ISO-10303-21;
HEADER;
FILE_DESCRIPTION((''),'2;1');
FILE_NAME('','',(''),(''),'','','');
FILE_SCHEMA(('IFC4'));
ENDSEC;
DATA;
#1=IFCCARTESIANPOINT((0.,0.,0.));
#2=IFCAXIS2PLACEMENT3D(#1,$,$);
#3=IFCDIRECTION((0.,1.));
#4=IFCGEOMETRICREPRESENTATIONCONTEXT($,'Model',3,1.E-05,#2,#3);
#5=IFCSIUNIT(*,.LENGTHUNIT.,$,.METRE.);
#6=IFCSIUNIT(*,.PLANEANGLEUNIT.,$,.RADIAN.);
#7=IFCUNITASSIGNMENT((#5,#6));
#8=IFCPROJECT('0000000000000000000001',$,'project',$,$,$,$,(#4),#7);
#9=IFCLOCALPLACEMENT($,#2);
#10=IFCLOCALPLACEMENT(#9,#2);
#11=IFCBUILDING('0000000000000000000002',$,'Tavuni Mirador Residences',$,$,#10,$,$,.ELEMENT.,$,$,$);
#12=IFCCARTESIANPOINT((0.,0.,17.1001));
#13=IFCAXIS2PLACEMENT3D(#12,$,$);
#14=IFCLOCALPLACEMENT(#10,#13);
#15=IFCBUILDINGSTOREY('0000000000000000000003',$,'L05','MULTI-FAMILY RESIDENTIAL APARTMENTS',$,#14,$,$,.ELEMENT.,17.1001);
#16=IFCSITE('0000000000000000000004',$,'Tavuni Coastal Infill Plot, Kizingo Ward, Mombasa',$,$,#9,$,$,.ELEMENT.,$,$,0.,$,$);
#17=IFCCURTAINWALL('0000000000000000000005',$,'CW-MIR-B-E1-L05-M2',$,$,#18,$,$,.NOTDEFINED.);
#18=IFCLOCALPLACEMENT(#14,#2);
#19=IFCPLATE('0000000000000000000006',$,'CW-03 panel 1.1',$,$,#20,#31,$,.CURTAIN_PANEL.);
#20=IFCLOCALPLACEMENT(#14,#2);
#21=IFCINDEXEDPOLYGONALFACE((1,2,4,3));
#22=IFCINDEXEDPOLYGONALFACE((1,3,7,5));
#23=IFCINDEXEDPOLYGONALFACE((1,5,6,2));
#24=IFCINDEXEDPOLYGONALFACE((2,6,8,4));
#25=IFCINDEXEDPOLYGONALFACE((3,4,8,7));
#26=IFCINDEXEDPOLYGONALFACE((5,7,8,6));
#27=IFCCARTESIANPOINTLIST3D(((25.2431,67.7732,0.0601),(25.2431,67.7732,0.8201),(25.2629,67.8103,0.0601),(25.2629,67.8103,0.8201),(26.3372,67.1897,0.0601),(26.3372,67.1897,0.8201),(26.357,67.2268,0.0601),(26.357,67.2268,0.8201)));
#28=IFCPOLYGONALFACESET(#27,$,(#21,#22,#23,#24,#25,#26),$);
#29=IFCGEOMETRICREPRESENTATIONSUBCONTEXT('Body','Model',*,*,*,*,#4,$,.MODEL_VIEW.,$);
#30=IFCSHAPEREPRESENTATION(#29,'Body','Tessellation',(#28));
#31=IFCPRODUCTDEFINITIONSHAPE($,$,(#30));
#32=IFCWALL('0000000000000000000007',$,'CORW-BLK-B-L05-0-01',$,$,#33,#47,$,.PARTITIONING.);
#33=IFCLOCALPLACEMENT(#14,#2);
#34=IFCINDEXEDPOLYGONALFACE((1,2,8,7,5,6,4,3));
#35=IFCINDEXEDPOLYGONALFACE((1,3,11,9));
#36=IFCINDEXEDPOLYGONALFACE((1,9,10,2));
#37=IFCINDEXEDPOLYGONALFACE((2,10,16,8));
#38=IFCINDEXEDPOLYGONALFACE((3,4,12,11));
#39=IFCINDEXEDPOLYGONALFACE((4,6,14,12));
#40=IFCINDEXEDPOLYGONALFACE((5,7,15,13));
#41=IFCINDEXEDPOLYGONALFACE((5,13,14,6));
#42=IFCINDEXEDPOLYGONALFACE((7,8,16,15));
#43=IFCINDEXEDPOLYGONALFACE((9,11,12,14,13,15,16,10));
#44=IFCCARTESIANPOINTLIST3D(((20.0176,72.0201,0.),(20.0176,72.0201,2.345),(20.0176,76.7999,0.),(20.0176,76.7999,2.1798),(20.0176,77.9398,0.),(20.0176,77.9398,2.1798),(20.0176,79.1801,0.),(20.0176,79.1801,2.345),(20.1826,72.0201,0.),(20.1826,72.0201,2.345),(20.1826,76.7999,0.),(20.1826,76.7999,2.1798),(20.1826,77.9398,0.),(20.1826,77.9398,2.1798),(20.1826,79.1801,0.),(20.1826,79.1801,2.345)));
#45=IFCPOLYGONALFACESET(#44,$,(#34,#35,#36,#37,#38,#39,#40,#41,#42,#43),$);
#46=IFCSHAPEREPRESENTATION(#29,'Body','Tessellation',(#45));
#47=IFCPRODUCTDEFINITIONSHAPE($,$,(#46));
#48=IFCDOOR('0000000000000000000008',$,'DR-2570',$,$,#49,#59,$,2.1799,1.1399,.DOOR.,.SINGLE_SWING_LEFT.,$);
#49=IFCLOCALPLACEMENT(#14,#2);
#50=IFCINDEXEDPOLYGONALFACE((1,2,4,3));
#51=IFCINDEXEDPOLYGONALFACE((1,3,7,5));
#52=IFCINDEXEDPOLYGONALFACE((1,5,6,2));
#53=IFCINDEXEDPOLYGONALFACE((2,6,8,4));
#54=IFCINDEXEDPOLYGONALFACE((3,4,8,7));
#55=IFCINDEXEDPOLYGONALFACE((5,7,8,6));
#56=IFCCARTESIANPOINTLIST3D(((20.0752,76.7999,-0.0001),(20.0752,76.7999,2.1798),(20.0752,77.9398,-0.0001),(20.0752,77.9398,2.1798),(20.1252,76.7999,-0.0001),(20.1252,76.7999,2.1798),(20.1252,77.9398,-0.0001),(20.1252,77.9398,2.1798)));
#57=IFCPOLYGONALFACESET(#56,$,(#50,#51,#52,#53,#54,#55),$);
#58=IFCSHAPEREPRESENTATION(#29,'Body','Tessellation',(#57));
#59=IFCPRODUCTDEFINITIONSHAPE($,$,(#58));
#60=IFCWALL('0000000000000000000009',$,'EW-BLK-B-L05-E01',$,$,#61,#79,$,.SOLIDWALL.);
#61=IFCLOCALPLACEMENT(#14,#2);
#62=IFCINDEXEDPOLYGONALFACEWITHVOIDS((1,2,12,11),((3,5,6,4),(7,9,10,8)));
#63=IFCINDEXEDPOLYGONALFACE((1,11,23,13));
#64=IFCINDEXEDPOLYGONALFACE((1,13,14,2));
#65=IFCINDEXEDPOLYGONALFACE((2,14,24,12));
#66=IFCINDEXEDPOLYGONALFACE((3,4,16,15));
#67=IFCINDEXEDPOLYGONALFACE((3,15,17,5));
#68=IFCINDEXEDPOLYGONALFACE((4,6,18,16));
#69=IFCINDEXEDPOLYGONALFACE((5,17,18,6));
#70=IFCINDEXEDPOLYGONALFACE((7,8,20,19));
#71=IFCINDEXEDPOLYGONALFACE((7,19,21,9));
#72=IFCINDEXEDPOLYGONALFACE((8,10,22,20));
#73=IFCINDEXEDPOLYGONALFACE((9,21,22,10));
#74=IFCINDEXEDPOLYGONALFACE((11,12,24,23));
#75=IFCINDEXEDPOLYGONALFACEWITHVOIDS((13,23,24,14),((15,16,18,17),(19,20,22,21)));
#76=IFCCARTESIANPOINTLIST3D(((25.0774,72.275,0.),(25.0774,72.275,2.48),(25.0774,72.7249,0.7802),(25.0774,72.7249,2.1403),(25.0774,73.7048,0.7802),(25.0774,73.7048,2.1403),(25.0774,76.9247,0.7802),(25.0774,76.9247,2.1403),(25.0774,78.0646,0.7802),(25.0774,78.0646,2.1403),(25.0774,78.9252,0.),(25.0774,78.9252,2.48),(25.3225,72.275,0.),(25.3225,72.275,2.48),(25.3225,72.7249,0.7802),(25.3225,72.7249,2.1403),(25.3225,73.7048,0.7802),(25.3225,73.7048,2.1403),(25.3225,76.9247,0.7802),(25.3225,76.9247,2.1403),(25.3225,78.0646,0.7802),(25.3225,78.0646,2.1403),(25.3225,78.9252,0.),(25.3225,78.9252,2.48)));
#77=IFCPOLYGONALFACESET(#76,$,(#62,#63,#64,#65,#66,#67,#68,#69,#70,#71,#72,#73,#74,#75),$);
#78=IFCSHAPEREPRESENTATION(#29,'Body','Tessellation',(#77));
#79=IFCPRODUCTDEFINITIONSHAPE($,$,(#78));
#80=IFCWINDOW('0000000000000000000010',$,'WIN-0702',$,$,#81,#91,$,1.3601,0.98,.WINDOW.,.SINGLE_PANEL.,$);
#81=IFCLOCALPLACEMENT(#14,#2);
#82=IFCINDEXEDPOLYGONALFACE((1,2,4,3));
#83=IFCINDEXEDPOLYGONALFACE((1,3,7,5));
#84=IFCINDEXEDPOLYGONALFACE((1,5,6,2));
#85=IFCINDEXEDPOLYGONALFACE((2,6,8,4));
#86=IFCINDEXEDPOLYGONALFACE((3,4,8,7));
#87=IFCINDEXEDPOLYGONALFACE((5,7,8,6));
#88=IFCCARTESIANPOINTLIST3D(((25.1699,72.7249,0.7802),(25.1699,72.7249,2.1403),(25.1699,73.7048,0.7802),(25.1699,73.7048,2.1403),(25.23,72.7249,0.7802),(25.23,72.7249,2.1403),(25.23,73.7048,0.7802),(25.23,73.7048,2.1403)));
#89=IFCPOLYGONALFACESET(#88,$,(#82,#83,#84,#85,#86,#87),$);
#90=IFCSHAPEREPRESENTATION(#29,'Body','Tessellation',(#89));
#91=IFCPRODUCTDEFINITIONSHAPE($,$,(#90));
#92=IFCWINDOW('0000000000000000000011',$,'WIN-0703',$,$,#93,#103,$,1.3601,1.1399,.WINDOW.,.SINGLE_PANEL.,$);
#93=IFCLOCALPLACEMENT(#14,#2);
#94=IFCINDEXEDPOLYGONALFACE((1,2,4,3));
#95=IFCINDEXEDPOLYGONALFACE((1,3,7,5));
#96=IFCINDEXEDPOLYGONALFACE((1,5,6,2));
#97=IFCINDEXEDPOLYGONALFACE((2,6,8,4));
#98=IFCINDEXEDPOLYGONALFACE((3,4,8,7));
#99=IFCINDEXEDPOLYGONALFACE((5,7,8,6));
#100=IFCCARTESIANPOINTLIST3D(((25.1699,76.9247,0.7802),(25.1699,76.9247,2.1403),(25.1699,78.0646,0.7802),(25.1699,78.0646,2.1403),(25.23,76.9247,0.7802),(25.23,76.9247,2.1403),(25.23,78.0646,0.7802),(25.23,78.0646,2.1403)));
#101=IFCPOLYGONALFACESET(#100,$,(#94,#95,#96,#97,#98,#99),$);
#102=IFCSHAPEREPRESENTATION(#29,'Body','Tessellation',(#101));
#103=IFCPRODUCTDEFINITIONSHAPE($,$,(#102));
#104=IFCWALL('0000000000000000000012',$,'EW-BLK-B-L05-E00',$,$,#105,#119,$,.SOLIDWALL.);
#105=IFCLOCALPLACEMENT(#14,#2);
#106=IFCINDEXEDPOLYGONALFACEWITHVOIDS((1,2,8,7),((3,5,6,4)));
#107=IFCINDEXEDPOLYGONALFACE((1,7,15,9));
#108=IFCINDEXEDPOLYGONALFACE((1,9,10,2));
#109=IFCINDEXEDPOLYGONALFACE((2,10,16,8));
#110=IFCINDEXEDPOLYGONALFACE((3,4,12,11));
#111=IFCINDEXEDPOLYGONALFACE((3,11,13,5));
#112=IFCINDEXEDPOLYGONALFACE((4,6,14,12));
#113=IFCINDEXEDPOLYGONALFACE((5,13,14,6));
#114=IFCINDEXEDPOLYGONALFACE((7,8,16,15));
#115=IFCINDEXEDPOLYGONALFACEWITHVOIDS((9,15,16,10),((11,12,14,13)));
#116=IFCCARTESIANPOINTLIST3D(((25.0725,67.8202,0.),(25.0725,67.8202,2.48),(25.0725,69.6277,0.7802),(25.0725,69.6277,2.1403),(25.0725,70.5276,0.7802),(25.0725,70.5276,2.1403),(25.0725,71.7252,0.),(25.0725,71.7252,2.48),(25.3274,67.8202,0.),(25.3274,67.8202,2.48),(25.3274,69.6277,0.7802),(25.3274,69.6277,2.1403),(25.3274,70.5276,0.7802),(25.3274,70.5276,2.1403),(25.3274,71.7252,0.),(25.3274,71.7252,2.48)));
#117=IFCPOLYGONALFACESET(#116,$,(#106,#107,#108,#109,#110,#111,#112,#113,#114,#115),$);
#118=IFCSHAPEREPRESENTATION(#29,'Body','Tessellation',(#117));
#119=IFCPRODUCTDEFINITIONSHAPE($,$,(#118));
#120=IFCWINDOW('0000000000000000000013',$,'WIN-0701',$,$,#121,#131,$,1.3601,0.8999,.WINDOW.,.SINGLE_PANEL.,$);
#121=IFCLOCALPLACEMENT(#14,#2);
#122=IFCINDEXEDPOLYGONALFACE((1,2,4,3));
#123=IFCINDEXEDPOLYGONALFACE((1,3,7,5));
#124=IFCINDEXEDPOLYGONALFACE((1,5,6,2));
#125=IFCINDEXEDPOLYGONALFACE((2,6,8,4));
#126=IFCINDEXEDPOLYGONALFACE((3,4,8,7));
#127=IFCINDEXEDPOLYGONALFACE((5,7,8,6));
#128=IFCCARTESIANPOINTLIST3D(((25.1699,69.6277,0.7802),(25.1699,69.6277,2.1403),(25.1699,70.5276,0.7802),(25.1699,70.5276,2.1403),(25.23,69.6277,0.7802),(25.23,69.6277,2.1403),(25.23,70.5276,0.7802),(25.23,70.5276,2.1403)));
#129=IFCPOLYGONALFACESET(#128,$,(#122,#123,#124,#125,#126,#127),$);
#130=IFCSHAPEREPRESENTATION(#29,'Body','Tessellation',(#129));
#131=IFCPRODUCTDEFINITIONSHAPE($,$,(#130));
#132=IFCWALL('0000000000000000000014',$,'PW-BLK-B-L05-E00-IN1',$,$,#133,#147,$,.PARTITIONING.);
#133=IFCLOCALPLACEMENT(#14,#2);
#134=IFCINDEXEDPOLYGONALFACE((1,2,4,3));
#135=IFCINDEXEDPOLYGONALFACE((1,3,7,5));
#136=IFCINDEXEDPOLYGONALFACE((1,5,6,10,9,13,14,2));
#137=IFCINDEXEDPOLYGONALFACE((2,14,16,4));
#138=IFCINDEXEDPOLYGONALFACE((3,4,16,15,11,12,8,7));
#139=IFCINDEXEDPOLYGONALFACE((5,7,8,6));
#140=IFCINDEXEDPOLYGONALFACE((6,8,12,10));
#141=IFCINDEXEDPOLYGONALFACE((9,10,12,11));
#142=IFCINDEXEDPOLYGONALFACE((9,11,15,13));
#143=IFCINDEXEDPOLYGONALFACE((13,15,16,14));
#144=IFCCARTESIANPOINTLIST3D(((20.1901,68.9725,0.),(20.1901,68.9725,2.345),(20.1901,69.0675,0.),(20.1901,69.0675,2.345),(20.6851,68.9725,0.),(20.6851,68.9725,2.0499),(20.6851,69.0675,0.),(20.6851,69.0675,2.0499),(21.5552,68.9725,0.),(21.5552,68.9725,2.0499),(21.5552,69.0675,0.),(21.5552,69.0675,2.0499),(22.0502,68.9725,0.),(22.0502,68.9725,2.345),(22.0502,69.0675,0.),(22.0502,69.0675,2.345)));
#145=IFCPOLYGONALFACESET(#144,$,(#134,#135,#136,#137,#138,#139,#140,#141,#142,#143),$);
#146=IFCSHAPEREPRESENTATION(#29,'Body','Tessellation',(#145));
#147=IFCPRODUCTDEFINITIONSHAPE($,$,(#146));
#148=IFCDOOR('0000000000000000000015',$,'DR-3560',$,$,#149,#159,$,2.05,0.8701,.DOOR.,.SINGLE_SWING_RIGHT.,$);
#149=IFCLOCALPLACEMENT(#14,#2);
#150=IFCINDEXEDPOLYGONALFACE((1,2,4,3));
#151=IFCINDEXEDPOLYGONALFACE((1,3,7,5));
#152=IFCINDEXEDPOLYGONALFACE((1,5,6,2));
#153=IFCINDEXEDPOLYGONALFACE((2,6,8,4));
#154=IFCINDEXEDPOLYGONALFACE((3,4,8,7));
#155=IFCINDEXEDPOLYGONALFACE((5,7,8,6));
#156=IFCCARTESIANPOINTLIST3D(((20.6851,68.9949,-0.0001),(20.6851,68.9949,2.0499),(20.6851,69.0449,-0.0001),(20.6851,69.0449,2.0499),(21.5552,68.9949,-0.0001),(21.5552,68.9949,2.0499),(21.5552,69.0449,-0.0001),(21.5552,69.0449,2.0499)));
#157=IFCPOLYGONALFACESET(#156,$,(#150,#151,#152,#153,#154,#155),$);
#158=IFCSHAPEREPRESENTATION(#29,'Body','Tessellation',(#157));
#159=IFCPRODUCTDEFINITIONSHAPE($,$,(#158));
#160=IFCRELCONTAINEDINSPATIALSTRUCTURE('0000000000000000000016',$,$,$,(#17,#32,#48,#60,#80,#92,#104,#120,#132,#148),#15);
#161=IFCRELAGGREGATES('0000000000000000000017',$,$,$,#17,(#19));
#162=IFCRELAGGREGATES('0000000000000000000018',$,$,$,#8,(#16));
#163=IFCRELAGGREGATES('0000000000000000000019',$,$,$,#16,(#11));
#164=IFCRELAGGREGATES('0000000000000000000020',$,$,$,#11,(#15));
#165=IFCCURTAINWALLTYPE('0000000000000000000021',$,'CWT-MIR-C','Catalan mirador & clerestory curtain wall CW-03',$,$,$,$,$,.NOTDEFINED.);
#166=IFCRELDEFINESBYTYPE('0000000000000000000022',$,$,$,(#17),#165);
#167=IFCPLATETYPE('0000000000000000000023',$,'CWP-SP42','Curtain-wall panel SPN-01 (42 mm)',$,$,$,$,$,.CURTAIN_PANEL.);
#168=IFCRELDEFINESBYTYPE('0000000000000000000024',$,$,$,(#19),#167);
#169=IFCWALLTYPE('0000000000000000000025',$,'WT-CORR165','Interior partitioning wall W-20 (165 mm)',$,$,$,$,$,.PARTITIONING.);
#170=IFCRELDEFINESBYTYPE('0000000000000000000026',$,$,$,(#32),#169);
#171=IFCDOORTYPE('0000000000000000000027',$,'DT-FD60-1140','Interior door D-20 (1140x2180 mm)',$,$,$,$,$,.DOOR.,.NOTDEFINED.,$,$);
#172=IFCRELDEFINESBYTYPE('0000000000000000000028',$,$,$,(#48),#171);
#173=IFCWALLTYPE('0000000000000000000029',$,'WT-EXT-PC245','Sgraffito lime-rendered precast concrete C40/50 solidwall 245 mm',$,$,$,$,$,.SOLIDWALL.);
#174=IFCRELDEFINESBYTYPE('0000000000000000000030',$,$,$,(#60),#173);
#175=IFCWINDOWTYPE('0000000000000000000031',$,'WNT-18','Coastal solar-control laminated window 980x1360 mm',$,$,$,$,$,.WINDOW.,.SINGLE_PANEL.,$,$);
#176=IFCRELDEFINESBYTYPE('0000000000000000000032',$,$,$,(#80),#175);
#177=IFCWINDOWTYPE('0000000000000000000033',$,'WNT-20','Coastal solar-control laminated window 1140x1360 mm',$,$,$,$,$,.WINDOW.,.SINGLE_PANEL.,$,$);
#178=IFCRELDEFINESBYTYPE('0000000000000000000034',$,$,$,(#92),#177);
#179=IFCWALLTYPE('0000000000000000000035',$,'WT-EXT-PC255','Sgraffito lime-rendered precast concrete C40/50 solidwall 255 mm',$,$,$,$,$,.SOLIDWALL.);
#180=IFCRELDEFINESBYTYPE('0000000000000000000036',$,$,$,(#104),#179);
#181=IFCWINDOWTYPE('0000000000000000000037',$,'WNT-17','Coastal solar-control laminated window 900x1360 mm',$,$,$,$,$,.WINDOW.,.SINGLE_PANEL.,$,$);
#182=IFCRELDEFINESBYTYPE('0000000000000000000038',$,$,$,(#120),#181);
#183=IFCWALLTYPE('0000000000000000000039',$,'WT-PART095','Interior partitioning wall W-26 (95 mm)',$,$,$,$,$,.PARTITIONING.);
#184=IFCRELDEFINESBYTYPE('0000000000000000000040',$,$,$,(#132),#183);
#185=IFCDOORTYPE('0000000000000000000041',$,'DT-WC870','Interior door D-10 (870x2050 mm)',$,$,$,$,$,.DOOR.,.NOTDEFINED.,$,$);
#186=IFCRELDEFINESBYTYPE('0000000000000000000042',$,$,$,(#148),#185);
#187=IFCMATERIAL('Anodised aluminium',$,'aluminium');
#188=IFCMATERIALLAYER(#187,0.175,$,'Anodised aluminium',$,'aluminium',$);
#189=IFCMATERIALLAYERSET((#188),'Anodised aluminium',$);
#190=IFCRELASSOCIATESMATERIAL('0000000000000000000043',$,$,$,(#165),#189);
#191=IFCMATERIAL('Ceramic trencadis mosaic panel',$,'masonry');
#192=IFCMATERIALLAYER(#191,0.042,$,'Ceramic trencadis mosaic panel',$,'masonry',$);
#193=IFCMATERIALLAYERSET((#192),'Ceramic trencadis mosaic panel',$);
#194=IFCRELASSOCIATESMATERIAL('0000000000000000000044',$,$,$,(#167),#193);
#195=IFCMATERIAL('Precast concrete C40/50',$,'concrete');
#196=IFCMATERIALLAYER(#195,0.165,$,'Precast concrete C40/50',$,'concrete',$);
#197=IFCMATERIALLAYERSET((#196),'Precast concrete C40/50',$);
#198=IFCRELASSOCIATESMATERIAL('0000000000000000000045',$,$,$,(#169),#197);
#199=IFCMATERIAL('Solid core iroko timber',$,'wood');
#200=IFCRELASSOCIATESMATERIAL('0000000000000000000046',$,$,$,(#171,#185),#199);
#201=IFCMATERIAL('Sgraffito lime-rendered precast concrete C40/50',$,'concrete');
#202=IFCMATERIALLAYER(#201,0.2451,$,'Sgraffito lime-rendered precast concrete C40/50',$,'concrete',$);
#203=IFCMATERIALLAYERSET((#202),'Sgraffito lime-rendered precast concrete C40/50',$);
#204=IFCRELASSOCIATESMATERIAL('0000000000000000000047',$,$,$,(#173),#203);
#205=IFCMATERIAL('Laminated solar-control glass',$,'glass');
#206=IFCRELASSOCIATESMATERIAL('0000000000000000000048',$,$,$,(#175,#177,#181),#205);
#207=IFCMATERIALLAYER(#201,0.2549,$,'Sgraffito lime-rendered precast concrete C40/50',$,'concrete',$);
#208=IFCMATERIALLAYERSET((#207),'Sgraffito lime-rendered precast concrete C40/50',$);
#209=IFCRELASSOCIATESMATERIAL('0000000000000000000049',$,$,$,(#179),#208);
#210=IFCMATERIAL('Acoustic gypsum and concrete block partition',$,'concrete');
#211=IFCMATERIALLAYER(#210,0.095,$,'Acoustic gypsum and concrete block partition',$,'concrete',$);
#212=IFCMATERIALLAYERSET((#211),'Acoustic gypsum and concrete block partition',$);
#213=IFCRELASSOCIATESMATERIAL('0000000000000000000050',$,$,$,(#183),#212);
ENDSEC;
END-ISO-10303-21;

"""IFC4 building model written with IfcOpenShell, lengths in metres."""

from ifc_helpers import new_model, si_unit, direction, frame, frame_2d, origin, origin_2d, place, context, subcontext, project, spatial, rectangle, extrude, material, layer, layer_set, type_object, element, fill, aggregate, save


model = new_model("IFC4")

# Units and contexts
model_context = context("Model", 3, precision=1e-05, world=origin(), true_north=direction((0.0, 1.0)))
body_context = subcontext(model_context, "Body", "Model", "MODEL_VIEW")
ifc_project = project(units=[si_unit("LENGTHUNIT", "METRE"), si_unit("PLANEANGLEUNIT", "RADIAN")], contexts=[model_context])

# Site, building, storey
site_placement = place(None, origin())
site = spatial("IfcSite", under=ifc_project, at=site_placement, Name="Tavuni Coastal Infill Plot, Kizingo Ward, Mombasa", CompositionType="ELEMENT", RefElevation=0.0)
building_placement = place(site_placement, origin())
building = spatial("IfcBuilding", under=site, at=building_placement, Name="Tavuni Mirador Residences", CompositionType="ELEMENT")
storey_placement = place(building_placement, frame((0.0, 0.0, 17.1001)))
storey = spatial("IfcBuildingStorey", under=building, at=storey_placement, Name="L05", Description="MULTI-FAMILY RESIDENTIAL APARTMENTS", CompositionType="ELEMENT", Elevation=17.1001)

# Shared definitions
ifc_material_1 = material(Name="Precast concrete C40/50", Category="concrete")

# Curtain wall
ifc_material_2 = material(Name="Anodised aluminium", Category="aluminium")
ifc_layer_1 = layer(ifc_material_2, 0.175, Name="Anodised aluminium", Category="aluminium")
ifc_layer_set_1 = layer_set([ifc_layer_1], Name="Anodised aluminium")
curtain_wall_type = type_object("IfcCurtainWallType", Name="CWT-MIR-C", Description="Catalan mirador & clerestory curtain wall CW-03", PredefinedType="NOTDEFINED", material=ifc_layer_set_1)
curtain_wall_placement = place(storey_placement, origin())
curtain_wall = element("IfcCurtainWall", 1, at=curtain_wall_placement, inside=storey, type_object=curtain_wall_type, Name="CW-MIR-B-E1-L05-M2", PredefinedType="NOTDEFINED")

# Plate
ifc_material_3 = material(Name="Laminated solar-control glass", Category="glass")
ifc_material_4 = material(Name="Ceramic trencadis mosaic panel", Category="masonry")
ifc_layer_2 = layer(ifc_material_4, 0.042, Name="Ceramic trencadis mosaic panel", Category="masonry")
ifc_layer_set_2 = layer_set([ifc_layer_2], Name="Ceramic trencadis mosaic panel")
plate_type_1 = type_object("IfcPlateType", Name="CWP-SP42", Description="Curtain-wall panel SPN-01 (42 mm)", PredefinedType="CURTAIN_PANEL", material=ifc_layer_set_2)
plate_1_placement = place(storey_placement, frame((25.8, 67.5, 0.0601), z_axis=(0.0, 0.0, 1.0), x_axis=(-0.882353, 0.470588, 0.0)))
plate_1 = element("IfcPlate", 2, at=plate_1_placement, type_object=plate_type_1, Name="CW-03 panel 1.1", PredefinedType="CURTAIN_PANEL", context=body_context, shape_type="SweptSolid", body=[
    extrude(rectangle(XDim=1.24, YDim=0.042, at=origin_2d()), origin(), (0.0, 0.0, 1.0), 0.76),
])
aggregate(curtain_wall, [plate_1])

# Wall, opening, door
ifc_layer_3 = layer(ifc_material_1, 0.165, Name="Precast concrete C40/50", Category="concrete")
ifc_layer_set_3 = layer_set([ifc_layer_3], Name="Precast concrete C40/50")
wall_type_1 = type_object("IfcWallType", Name="WT-CORR165", Description="Interior partitioning wall W-20 (165 mm)", PredefinedType="PARTITIONING", material=ifc_layer_set_3)
wall_1_placement = place(storey_placement, frame((20.1001, 72.02, 0.0), z_axis=(0.0, 0.0, 1.0), x_axis=(0.0, 1.0, 0.0)))
wall_1 = element("IfcWall", 3, at=wall_1_placement, inside=storey, type_object=wall_type_1, Name="CORW-BLK-B-L05-0-01", PredefinedType="PARTITIONING", context=body_context, shape_type="SweptSolid", body=[
    extrude(rectangle(XDim=7.1599, YDim=0.165, at=frame_2d((3.5801, 0.0))), origin(), (0.0, 0.0, 1.0), 2.345),
])
opening_1_placement = place(wall_1_placement, frame((4.78, 0.0, 0.0)))
opening_1 = element("IfcOpeningElement", 4, at=opening_1_placement, cuts=wall_1, PredefinedType="OPENING", context=body_context, shape_type="SweptSolid", body=[
    extrude(rectangle(XDim=1.1399, YDim=2.1799, at=frame_2d((0.5698, 1.0898))), frame((0.0, 0.0925, 0.0), z_axis=(0.0, -1.0, 0.0), x_axis=(1.0, 0.0, 0.0)), (0.0, 0.0, 1.0), 0.1851),
])
ifc_material_5 = material(Name="Solid core iroko timber", Category="wood")
door_type_1 = type_object("IfcDoorType", Name="DT-FD60-1140", Description="Interior door D-20 (1140x2180 mm)", OperationType="NOTDEFINED", PredefinedType="DOOR", material=ifc_material_5)
door_1_placement = place(opening_1_placement, origin())
door_1 = element("IfcDoor", 5, at=door_1_placement, inside=storey, type_object=door_type_1, Name="DR-2570", OperationType="SINGLE_SWING_LEFT", OverallHeight=2.1799, OverallWidth=1.1399, PredefinedType="DOOR", context=body_context, shape_type="SweptSolid", body=[
    extrude(rectangle(XDim=1.1399, YDim=2.1799, at=frame_2d((0.5698, 1.0898))), frame((0.0, 0.0249, 0.0), z_axis=(0.0, -1.0, 0.0), x_axis=(1.0, 0.0, 0.0)), (0.0, 0.0, 1.0), 0.05),
])
fill(opening_1, door_1)

# Wall, openings, windows
ifc_material_6 = material(Name="Sgraffito lime-rendered precast concrete C40/50", Category="concrete")
ifc_layer_4 = layer(ifc_material_6, 0.2451, Name="Sgraffito lime-rendered precast concrete C40/50", Category="concrete")
ifc_layer_set_4 = layer_set([ifc_layer_4], Name="Sgraffito lime-rendered precast concrete C40/50")
wall_type_2 = type_object("IfcWallType", Name="WT-EXT-PC245", Description="Sgraffito lime-rendered precast concrete C40/50 solidwall 245 mm", PredefinedType="SOLIDWALL", material=ifc_layer_set_4)
wall_2_placement = place(storey_placement, frame((25.2, 72.2749, 0.0), z_axis=(0.0, 0.0, 1.0), x_axis=(0.0, 1.0, 0.0)))
wall_2 = element("IfcWall", 6, at=wall_2_placement, inside=storey, type_object=wall_type_2, Name="EW-BLK-B-L05-E01", PredefinedType="SOLIDWALL", context=body_context, shape_type="SweptSolid", body=[
    extrude(rectangle(XDim=6.6501, YDim=0.2451, at=frame_2d((3.3252, 0.0))), origin(), (0.0, 0.0, 1.0), 2.48),
])
opening_2_placement = place(wall_2_placement, frame((0.45, 0.0, 0.78)))
opening_2 = element("IfcOpeningElement", 7, at=opening_2_placement, cuts=wall_2, PredefinedType="OPENING", context=body_context, shape_type="SweptSolid", body=[
    extrude(rectangle(XDim=0.98, YDim=1.3601, at=frame_2d((0.49, 0.6802))), frame((0.0, 0.1326, 0.0), z_axis=(0.0, -1.0, 0.0), x_axis=(1.0, 0.0, 0.0)), (0.0, 0.0, 1.0), 0.2651),
])
opening_3_placement = place(wall_2_placement, frame((4.6499, 0.0, 0.78)))
opening_3 = element("IfcOpeningElement", 8, at=opening_3_placement, cuts=wall_2, PredefinedType="OPENING", context=body_context, shape_type="SweptSolid", body=[
    extrude(rectangle(XDim=1.1399, YDim=1.3601, at=frame_2d((0.5698, 0.6802))), frame((0.0, 0.1326, 0.0), z_axis=(0.0, -1.0, 0.0), x_axis=(1.0, 0.0, 0.0)), (0.0, 0.0, 1.0), 0.2651),
])
window_type_1 = type_object("IfcWindowType", Name="WNT-18", Description="Coastal solar-control laminated window 980x1360 mm", PartitioningType="SINGLE_PANEL", PredefinedType="WINDOW", material=ifc_material_3)
window_1_placement = place(opening_2_placement, origin())
window_1 = element("IfcWindow", 9, at=window_1_placement, inside=storey, type_object=window_type_1, Name="WIN-0702", OverallHeight=1.3601, OverallWidth=0.98, PartitioningType="SINGLE_PANEL", PredefinedType="WINDOW", context=body_context, shape_type="SweptSolid", body=[
    extrude(rectangle(XDim=0.98, YDim=1.3601, at=frame_2d((0.49, 0.6802))), frame((0.0, 0.03, 0.0), z_axis=(0.0, -1.0, 0.0), x_axis=(1.0, 0.0, 0.0)), (0.0, 0.0, 1.0), 0.0601),
])
fill(opening_2, window_1)
window_type_2 = type_object("IfcWindowType", Name="WNT-20", Description="Coastal solar-control laminated window 1140x1360 mm", PartitioningType="SINGLE_PANEL", PredefinedType="WINDOW", material=ifc_material_3)
window_2_placement = place(opening_3_placement, origin())
window_2 = element("IfcWindow", 10, at=window_2_placement, inside=storey, type_object=window_type_2, Name="WIN-0703", OverallHeight=1.3601, OverallWidth=1.1399, PartitioningType="SINGLE_PANEL", PredefinedType="WINDOW", context=body_context, shape_type="SweptSolid", body=[
    extrude(rectangle(XDim=1.1399, YDim=1.3601, at=frame_2d((0.5698, 0.6802))), frame((0.0, 0.03, 0.0), z_axis=(0.0, -1.0, 0.0), x_axis=(1.0, 0.0, 0.0)), (0.0, 0.0, 1.0), 0.0601),
])
fill(opening_3, window_2)

# Wall, opening, window
ifc_layer_5 = layer(ifc_material_6, 0.2549, Name="Sgraffito lime-rendered precast concrete C40/50", Category="concrete")
ifc_layer_set_5 = layer_set([ifc_layer_5], Name="Sgraffito lime-rendered precast concrete C40/50")
wall_type_3 = type_object("IfcWallType", Name="WT-EXT-PC255", Description="Sgraffito lime-rendered precast concrete C40/50 solidwall 255 mm", PredefinedType="SOLIDWALL", material=ifc_layer_set_5)
wall_3_placement = place(storey_placement, frame((25.2, 67.8201, 0.0), z_axis=(0.0, 0.0, 1.0), x_axis=(0.0, 1.0, 0.0)))
wall_3 = element("IfcWall", 11, at=wall_3_placement, inside=storey, type_object=wall_type_3, Name="EW-BLK-B-L05-E00", PredefinedType="SOLIDWALL", context=body_context, shape_type="SweptSolid", body=[
    extrude(rectangle(XDim=3.905, YDim=0.2549, at=frame_2d((1.9526, 0.0))), origin(), (0.0, 0.0, 1.0), 2.48),
])
opening_4_placement = place(wall_3_placement, frame((1.8076, 0.0, 0.78)))
opening_4 = element("IfcOpeningElement", 12, at=opening_4_placement, cuts=wall_3, PredefinedType="OPENING", context=body_context, shape_type="SweptSolid", body=[
    extrude(rectangle(XDim=0.8999, YDim=1.3601, at=frame_2d((0.45, 0.6802))), frame((0.0, 0.1375, 0.0), z_axis=(0.0, -1.0, 0.0), x_axis=(1.0, 0.0, 0.0)), (0.0, 0.0, 1.0), 0.2749),
])
window_type_3 = type_object("IfcWindowType", Name="WNT-17", Description="Coastal solar-control laminated window 900x1360 mm", PartitioningType="SINGLE_PANEL", PredefinedType="WINDOW", material=ifc_material_3)
window_3_placement = place(opening_4_placement, origin())
window_3 = element("IfcWindow", 13, at=window_3_placement, inside=storey, type_object=window_type_3, Name="WIN-0701", OverallHeight=1.3601, OverallWidth=0.8999, PartitioningType="SINGLE_PANEL", PredefinedType="WINDOW", context=body_context, shape_type="SweptSolid", body=[
    extrude(rectangle(XDim=0.8999, YDim=1.3601, at=frame_2d((0.45, 0.6802))), frame((0.0, 0.03, 0.0), z_axis=(0.0, -1.0, 0.0), x_axis=(1.0, 0.0, 0.0)), (0.0, 0.0, 1.0), 0.0601),
])
fill(opening_4, window_3)

# Wall, opening, door
ifc_material_7 = material(Name="Acoustic gypsum and concrete block partition", Category="concrete")
ifc_layer_6 = layer(ifc_material_7, 0.095, Name="Acoustic gypsum and concrete block partition", Category="concrete")
ifc_layer_set_6 = layer_set([ifc_layer_6], Name="Acoustic gypsum and concrete block partition")
wall_type_4 = type_object("IfcWallType", Name="WT-PART095", Description="Interior partitioning wall W-26 (95 mm)", PredefinedType="PARTITIONING", material=ifc_layer_set_6)
wall_4_placement = place(storey_placement, frame((20.1899, 69.02, 0.0), z_axis=(0.0, 0.0, 1.0), x_axis=(1.0, 0.0, 0.0)))
wall_4 = element("IfcWall", 14, at=wall_4_placement, inside=storey, type_object=wall_type_4, Name="PW-BLK-B-L05-E00-IN1", PredefinedType="PARTITIONING", context=body_context, shape_type="SweptSolid", body=[
    extrude(rectangle(XDim=1.8601, YDim=0.095, at=frame_2d((0.9302, 0.0))), origin(), (0.0, 0.0, 1.0), 2.345),
])
opening_5_placement = place(wall_4_placement, frame((0.4951, 0.0, 0.0)))
opening_5 = element("IfcOpeningElement", 15, at=opening_5_placement, cuts=wall_4, PredefinedType="OPENING", context=body_context, shape_type="SweptSolid", body=[
    extrude(rectangle(XDim=0.8701, YDim=2.05, at=frame_2d((0.4351, 1.0249))), frame((0.0, 0.0576, 0.0), z_axis=(0.0, -1.0, 0.0), x_axis=(1.0, 0.0, 0.0)), (0.0, 0.0, 1.0), 0.115),
])
door_type_2 = type_object("IfcDoorType", Name="DT-WC870", Description="Interior door D-10 (870x2050 mm)", OperationType="NOTDEFINED", PredefinedType="DOOR", material=ifc_material_5)
door_2_placement = place(opening_5_placement, origin())
door_2 = element("IfcDoor", 16, at=door_2_placement, inside=storey, type_object=door_type_2, Name="DR-3560", OperationType="SINGLE_SWING_RIGHT", OverallHeight=2.05, OverallWidth=0.8701, PredefinedType="DOOR", context=body_context, shape_type="SweptSolid", body=[
    extrude(rectangle(XDim=0.8701, YDim=2.05, at=frame_2d((0.4351, 1.0249))), frame((0.0, 0.0249, 0.0), z_axis=(0.0, -1.0, 0.0), x_axis=(1.0, 0.0, 0.0)), (0.0, 0.0, 1.0), 0.05),
])
fill(opening_5, door_2)

save(model, "model.ifc")
